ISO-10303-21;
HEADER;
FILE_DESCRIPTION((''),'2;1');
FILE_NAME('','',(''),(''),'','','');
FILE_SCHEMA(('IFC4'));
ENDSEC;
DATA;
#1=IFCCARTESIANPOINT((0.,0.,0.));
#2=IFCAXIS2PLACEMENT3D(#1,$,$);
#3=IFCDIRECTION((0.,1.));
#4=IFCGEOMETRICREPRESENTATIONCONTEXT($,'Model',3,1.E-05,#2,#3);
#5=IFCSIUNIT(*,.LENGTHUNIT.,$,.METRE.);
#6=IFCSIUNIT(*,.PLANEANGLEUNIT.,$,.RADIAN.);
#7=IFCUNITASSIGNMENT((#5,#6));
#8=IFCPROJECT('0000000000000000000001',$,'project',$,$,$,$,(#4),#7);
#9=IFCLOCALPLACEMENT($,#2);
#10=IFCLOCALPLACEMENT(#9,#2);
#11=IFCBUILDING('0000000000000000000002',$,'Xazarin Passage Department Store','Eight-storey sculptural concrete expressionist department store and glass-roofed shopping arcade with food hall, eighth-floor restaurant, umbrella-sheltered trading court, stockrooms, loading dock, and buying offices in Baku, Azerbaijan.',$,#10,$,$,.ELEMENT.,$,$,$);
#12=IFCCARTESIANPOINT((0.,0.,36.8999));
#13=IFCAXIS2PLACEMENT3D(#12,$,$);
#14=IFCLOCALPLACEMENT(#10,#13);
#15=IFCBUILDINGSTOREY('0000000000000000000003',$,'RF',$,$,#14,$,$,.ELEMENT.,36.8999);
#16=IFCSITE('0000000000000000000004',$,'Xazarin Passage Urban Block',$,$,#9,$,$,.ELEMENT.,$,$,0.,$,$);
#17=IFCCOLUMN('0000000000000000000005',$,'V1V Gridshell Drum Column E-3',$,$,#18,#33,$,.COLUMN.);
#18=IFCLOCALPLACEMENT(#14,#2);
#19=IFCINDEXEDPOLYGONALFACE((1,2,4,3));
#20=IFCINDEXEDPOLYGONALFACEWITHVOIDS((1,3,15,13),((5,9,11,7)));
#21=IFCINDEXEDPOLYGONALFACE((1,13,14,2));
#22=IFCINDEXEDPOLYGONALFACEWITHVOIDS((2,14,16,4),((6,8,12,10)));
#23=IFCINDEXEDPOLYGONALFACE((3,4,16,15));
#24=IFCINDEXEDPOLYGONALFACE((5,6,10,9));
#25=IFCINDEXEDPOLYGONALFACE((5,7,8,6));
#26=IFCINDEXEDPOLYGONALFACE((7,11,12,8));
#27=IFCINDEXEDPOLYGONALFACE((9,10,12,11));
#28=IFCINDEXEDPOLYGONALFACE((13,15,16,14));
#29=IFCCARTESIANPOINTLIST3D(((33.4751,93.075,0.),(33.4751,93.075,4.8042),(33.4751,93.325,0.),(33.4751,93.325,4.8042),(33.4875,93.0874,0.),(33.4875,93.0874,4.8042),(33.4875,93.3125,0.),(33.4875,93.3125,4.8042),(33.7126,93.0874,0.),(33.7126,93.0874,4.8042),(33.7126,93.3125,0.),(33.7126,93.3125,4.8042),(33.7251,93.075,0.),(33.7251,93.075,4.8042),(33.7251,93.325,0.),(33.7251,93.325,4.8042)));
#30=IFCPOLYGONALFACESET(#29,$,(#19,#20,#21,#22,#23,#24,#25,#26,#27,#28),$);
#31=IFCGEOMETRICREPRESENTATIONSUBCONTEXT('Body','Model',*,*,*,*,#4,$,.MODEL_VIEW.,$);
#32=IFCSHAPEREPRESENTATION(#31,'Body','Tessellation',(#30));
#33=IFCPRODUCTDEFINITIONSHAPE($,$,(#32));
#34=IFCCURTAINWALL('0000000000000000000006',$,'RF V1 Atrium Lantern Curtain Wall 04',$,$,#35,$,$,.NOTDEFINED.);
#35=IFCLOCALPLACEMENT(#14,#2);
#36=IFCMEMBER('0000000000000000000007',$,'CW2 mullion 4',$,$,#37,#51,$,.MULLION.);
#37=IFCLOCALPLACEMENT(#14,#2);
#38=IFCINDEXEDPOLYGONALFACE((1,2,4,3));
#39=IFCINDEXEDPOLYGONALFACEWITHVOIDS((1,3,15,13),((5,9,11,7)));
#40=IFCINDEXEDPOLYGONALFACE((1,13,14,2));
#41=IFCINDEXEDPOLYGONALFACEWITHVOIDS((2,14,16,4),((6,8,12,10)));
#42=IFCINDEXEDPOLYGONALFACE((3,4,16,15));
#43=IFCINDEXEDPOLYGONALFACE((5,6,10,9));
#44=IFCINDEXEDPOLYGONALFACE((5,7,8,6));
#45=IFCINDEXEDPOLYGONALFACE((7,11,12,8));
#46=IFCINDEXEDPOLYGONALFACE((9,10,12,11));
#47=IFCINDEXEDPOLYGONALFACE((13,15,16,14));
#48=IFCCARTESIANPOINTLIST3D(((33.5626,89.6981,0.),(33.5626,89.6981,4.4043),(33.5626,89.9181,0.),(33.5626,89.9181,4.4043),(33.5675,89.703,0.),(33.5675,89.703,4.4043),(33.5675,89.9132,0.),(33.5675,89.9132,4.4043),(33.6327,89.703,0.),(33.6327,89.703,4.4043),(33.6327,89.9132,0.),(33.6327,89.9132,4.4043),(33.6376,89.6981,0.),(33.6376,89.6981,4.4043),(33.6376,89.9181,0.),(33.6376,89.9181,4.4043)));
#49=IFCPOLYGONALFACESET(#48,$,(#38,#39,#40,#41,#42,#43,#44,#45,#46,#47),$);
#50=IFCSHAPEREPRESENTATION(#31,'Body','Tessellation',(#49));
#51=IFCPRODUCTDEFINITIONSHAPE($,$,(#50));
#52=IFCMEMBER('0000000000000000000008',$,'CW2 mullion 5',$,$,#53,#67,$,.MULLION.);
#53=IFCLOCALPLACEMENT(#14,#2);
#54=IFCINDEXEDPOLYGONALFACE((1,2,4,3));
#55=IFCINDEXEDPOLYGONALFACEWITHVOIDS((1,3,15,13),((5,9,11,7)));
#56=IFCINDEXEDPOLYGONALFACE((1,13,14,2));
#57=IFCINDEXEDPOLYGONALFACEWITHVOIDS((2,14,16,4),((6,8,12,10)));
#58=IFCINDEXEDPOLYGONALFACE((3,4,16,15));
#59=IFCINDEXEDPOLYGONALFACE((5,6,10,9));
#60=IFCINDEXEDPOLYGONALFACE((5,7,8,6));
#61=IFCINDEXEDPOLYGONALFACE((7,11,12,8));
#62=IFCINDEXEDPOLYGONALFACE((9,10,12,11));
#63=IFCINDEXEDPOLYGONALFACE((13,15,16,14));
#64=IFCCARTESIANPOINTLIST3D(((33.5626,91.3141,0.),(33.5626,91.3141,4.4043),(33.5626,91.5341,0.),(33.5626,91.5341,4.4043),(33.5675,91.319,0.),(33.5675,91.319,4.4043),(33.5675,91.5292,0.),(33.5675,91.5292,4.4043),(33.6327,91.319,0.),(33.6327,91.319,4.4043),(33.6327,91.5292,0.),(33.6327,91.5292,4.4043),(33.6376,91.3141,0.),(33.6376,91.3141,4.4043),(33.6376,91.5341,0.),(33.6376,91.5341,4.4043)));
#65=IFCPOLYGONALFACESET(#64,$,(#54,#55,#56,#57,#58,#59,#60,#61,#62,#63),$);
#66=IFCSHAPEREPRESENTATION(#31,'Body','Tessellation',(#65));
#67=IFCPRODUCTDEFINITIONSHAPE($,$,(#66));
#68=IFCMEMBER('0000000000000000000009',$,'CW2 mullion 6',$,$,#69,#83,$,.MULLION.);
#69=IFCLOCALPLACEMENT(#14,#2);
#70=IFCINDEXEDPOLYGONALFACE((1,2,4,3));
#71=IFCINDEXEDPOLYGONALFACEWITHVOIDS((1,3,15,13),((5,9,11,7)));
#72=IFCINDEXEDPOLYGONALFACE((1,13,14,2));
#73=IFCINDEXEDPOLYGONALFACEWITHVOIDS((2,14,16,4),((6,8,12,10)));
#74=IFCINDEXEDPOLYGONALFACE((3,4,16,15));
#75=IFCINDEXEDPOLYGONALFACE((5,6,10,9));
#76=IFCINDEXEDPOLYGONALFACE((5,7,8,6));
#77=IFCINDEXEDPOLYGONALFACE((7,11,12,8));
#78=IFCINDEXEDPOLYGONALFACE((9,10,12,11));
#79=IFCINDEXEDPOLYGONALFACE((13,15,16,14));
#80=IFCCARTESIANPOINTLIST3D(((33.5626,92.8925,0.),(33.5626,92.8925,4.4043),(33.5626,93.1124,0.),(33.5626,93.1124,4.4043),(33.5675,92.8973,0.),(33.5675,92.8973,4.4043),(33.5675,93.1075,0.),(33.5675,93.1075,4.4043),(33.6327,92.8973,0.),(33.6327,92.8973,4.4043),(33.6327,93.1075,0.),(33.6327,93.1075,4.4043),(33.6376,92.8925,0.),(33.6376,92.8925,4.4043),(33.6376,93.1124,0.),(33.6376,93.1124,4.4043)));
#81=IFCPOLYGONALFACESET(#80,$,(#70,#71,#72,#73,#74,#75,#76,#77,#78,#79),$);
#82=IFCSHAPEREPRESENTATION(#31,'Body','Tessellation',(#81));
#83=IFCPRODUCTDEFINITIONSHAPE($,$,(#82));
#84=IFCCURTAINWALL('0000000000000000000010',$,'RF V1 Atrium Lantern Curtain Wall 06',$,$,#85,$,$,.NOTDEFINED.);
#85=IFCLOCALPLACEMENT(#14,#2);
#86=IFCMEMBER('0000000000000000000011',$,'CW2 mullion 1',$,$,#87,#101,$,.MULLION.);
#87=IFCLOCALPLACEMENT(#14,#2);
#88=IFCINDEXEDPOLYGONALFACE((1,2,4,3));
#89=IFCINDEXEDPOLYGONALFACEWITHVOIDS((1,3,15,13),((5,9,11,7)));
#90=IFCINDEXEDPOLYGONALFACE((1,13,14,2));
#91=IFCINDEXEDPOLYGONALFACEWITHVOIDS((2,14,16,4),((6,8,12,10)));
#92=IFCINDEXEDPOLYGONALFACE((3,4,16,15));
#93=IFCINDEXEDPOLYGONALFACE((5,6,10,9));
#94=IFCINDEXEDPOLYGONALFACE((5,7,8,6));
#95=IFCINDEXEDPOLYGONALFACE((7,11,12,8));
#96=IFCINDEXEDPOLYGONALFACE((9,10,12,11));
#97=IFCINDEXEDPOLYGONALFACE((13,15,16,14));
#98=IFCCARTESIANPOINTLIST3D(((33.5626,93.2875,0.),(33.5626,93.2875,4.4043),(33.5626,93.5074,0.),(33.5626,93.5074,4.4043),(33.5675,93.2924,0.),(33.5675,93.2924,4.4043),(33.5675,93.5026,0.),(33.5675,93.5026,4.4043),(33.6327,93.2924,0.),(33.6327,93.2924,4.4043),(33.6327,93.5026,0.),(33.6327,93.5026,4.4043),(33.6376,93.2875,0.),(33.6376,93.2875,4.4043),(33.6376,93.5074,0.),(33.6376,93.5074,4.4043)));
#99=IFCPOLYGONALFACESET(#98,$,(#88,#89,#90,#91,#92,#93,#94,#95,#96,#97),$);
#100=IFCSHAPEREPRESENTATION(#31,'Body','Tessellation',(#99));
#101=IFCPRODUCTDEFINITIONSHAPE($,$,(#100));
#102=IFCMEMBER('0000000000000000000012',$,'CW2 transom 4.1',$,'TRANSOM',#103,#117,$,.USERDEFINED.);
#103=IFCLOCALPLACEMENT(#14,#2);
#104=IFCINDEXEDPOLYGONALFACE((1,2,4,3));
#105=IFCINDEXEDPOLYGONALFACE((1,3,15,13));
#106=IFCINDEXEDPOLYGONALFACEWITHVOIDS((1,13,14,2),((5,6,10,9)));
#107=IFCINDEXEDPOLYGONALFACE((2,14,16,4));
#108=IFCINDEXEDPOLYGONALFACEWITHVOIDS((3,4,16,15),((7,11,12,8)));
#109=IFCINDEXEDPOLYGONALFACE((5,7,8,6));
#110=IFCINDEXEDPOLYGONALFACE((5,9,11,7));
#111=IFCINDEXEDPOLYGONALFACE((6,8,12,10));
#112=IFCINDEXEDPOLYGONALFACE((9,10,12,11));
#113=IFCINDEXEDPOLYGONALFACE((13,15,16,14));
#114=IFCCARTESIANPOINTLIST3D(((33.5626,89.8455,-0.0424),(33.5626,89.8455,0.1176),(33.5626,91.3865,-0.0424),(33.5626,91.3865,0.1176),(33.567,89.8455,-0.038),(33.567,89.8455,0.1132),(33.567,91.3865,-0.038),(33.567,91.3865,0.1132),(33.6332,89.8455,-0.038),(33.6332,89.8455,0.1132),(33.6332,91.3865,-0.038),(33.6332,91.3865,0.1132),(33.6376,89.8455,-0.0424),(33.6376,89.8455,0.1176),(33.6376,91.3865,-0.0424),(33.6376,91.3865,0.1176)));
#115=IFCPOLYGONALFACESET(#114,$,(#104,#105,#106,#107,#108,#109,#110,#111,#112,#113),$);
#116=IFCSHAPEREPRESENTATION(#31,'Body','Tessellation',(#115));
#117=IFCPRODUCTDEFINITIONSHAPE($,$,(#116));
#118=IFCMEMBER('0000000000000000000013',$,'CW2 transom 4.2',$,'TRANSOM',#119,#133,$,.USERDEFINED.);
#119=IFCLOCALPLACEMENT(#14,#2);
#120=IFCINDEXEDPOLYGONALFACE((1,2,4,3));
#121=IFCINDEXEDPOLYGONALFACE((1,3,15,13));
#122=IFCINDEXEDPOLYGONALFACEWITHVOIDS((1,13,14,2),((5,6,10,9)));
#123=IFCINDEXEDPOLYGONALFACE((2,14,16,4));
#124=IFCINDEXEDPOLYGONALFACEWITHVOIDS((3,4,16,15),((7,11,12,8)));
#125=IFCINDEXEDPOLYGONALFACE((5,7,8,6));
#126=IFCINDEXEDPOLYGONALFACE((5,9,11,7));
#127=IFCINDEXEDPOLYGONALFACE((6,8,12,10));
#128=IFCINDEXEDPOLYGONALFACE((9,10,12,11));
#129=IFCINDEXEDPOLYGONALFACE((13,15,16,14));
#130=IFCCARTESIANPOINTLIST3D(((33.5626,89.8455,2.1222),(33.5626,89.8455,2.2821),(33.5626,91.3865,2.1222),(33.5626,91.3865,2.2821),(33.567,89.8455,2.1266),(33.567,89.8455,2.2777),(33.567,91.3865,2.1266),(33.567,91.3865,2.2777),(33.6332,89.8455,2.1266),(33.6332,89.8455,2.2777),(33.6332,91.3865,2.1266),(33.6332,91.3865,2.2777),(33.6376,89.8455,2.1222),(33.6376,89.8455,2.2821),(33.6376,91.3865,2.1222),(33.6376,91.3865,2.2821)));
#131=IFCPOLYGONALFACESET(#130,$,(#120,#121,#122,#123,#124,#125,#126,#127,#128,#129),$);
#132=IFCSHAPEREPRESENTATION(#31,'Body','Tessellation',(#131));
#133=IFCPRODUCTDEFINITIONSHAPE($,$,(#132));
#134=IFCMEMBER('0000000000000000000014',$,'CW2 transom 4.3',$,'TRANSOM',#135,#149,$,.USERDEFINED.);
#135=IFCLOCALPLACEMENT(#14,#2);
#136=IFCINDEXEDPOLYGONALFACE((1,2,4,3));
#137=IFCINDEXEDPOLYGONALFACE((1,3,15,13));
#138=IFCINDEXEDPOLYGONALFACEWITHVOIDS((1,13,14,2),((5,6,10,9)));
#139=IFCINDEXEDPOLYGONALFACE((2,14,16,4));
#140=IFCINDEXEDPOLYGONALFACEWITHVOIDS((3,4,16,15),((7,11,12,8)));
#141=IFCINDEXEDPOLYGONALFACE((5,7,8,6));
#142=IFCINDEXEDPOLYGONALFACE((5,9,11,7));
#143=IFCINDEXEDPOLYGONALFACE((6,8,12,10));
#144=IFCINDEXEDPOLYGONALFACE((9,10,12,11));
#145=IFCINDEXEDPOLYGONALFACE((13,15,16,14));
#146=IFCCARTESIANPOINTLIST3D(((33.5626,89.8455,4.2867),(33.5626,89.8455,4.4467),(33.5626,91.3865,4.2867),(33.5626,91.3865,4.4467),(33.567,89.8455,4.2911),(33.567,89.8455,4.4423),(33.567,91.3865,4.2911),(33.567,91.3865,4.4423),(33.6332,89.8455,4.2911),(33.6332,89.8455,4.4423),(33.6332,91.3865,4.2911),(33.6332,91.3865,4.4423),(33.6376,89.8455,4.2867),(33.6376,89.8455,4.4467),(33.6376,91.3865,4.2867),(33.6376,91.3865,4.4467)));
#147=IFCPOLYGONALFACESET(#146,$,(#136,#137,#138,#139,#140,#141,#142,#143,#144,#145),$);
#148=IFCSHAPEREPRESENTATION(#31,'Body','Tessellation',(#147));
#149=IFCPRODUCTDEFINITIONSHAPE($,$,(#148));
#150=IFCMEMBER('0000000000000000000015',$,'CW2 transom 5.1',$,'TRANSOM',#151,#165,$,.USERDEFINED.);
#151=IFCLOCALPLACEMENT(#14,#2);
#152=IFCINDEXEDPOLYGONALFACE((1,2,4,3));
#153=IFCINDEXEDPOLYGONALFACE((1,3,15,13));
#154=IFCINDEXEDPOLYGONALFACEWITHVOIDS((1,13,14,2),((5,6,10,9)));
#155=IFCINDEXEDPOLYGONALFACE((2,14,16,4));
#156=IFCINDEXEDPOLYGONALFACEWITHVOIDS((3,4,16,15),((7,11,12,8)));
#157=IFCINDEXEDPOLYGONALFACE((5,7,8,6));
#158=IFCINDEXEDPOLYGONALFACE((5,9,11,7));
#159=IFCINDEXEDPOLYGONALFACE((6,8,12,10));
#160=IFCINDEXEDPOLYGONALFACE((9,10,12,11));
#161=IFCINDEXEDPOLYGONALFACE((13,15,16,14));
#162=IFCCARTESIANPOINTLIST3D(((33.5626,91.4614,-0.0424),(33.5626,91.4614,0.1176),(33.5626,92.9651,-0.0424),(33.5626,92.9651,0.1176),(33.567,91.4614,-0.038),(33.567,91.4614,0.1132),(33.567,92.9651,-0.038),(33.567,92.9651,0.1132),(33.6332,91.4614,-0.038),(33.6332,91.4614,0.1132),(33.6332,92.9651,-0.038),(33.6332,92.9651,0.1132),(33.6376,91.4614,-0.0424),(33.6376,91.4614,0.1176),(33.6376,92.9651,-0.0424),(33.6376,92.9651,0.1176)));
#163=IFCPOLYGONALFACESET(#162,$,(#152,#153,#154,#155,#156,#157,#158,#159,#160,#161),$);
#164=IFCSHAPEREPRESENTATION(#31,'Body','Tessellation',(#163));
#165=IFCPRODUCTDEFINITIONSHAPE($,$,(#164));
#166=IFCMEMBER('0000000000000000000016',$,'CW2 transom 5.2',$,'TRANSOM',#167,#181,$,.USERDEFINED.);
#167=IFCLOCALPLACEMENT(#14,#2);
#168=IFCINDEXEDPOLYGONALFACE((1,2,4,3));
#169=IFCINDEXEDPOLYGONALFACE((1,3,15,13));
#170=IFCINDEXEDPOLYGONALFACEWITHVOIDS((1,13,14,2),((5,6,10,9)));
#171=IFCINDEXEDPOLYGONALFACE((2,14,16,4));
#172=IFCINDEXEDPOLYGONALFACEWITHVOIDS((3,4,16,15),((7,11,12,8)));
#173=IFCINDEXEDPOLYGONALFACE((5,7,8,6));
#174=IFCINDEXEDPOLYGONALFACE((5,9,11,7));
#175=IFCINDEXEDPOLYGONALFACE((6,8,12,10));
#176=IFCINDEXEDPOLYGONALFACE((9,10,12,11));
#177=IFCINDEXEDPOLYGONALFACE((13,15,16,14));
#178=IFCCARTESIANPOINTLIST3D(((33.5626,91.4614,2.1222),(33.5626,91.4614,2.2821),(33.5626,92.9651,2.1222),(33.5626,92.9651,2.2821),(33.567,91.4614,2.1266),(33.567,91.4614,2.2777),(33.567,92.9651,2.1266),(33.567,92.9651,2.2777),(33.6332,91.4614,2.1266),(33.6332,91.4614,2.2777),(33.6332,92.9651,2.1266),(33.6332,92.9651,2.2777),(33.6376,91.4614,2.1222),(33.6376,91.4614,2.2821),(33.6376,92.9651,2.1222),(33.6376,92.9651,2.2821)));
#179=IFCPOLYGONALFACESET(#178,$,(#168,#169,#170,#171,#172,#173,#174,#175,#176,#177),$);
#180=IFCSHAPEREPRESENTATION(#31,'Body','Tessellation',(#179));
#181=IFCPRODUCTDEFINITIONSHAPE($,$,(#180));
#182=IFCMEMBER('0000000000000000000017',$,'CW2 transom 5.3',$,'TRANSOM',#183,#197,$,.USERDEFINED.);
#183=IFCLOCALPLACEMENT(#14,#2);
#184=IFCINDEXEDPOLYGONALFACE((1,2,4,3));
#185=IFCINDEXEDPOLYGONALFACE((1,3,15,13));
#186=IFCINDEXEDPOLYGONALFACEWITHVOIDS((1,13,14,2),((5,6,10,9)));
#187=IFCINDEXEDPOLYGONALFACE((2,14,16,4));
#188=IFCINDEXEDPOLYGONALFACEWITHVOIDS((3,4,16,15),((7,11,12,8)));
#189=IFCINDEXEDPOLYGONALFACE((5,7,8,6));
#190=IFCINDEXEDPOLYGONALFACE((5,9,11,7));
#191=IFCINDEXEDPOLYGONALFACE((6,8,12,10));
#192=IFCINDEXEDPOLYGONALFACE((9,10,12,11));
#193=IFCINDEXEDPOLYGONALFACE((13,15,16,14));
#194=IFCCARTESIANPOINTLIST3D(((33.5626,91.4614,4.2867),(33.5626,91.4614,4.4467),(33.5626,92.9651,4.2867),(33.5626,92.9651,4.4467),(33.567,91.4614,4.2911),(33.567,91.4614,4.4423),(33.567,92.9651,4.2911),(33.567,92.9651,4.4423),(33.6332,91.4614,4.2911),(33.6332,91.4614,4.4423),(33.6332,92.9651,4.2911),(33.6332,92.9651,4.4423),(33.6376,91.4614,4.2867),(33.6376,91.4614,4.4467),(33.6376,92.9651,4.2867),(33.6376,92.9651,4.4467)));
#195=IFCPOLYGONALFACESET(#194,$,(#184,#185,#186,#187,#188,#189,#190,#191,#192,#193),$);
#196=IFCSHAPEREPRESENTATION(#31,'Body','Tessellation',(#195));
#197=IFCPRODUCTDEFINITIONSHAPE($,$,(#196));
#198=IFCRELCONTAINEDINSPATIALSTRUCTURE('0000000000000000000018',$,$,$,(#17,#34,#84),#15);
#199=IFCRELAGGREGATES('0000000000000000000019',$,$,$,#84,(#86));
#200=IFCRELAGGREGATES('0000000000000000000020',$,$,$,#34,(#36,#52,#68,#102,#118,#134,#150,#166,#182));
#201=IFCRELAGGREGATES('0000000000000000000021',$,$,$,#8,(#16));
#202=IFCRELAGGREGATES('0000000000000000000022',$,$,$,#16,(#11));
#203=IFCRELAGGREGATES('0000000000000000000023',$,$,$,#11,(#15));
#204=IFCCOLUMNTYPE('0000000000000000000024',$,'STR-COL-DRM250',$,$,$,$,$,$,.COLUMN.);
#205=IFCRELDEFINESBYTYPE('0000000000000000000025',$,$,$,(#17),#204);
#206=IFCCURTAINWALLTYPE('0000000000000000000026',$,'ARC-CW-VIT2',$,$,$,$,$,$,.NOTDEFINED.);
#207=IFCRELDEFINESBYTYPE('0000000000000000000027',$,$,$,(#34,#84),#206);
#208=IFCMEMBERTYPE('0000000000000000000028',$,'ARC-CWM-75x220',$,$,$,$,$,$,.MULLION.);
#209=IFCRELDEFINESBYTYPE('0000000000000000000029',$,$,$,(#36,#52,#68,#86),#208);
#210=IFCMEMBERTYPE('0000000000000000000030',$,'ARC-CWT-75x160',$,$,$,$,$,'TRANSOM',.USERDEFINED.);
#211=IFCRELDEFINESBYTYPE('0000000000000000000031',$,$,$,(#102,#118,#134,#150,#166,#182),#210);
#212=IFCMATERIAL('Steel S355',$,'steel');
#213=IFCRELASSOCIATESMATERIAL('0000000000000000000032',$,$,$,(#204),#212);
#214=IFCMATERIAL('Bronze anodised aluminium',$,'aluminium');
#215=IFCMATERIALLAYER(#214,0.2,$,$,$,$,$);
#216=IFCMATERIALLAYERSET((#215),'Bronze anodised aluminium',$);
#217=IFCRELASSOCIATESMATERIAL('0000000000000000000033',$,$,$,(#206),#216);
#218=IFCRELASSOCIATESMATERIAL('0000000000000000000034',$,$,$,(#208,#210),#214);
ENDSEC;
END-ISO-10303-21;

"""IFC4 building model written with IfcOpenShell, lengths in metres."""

from ifc_helpers import new_model, si_unit, direction, frame, origin, origin_2d, place, context, subcontext, project, spatial, hollow_rectangle, extrude, material, layer, layer_set, material_profile, profile_set, type_object, element, aggregate, save


model = new_model("IFC4")

# Units and contexts
model_context = context("Model", 3, precision=1e-05, world=origin(), true_north=direction((0.0, 1.0)))
body_context = subcontext(model_context, "Body", "Model", "MODEL_VIEW")
ifc_project = project(units=[si_unit("LENGTHUNIT", "METRE"), si_unit("PLANEANGLEUNIT", "RADIAN")], contexts=[model_context])

# Site, building, storey
site_placement = place(None, origin())
site = spatial("IfcSite", under=ifc_project, at=site_placement, Name="Xazarin Passage Urban Block", CompositionType="ELEMENT", RefElevation=0.0)
building_placement = place(site_placement, origin())
building = spatial("IfcBuilding", under=site, at=building_placement, Name="Xazarin Passage Department Store", Description="Eight-storey sculptural concrete expressionist department store and glass-roofed shopping arcade with food hall, eighth-floor restaurant, umbrella-sheltered trading court, stockrooms, loading dock, and buying offices in Baku, Azerbaijan.", CompositionType="ELEMENT")
storey_placement = place(building_placement, frame((0.0, 0.0, 36.8999)))
storey = spatial("IfcBuildingStorey", under=building, at=storey_placement, Name="RF", CompositionType="ELEMENT", Elevation=36.8999)

# Column
ifc_material_1 = material(Name="Steel S355", Category="steel")
ifc_material_profile_1 = material_profile(ifc_material_1, hollow_rectangle(XDim=0.25, YDim=0.25, WallThickness=0.0125, at=origin_2d()), Name="SHS 250x250x12.5")
ifc_profile_set_1 = profile_set([ifc_material_profile_1], Name="Steel S355")
column_type = type_object("IfcColumnType", Name="STR-COL-DRM250", PredefinedType="COLUMN", material=ifc_profile_set_1)
column_placement = place(storey_placement, frame((33.6001, 93.2, 0.0), z_axis=(0.0, 0.0, 1.0), x_axis=(1.0, 0.0, 0.0)))
element("IfcColumn", 1, at=column_placement, inside=storey, type_object=column_type, Name="V1V Gridshell Drum Column E-3", PredefinedType="COLUMN", context=body_context, shape_type="SweptSolid", body=[
    extrude(hollow_rectangle(XDim=0.25, YDim=0.25, WallThickness=0.0125, at=origin_2d()), origin(), (0.0, 0.0, 1.0), 4.8042),
])

# Curtain wall, members
ifc_material_2 = material(Name="Bronze anodised aluminium", Category="aluminium")
ifc_layer_1 = layer(ifc_material_2, 0.2)
ifc_layer_set_1 = layer_set([ifc_layer_1], Name="Bronze anodised aluminium")
curtain_wall_type = type_object("IfcCurtainWallType", Name="ARC-CW-VIT2", PredefinedType="NOTDEFINED", material=ifc_layer_set_1)
curtain_wall_1_placement = place(storey_placement, origin())
curtain_wall_1 = element("IfcCurtainWall", 2, at=curtain_wall_1_placement, inside=storey, type_object=curtain_wall_type, Name="RF V1 Atrium Lantern Curtain Wall 04", PredefinedType="NOTDEFINED")
ifc_material_profile_2 = material_profile(ifc_material_2, hollow_rectangle(XDim=0.075, YDim=0.22, WallThickness=0.0049, at=origin_2d()), Name="ALU 75x220")
ifc_profile_set_2 = profile_set([ifc_material_profile_2], Name="Bronze anodised aluminium")
member_type_1 = type_object("IfcMemberType", Name="ARC-CWM-75x220", PredefinedType="MULLION", material=ifc_profile_set_2)
member_1_placement = place(storey_placement, frame((33.6001, 89.8081, 0.0), z_axis=(0.0, 0.0, 1.0), x_axis=(-1.0, 0.0, 0.0)))
member_1 = element("IfcMember", 3, at=member_1_placement, type_object=member_type_1, Name="CW2 mullion 4", PredefinedType="MULLION", context=body_context, shape_type="SweptSolid", body=[
    extrude(hollow_rectangle(XDim=0.075, YDim=0.22, WallThickness=0.0049, at=origin_2d()), origin(), (0.0, 0.0, 1.0), 4.4043),
])
member_2_placement = place(storey_placement, frame((33.6001, 91.4241, 0.0), z_axis=(0.0, 0.0, 1.0), x_axis=(-1.0, 0.0, 0.0)))
member_2 = element("IfcMember", 4, at=member_2_placement, type_object=member_type_1, Name="CW2 mullion 5", PredefinedType="MULLION", context=body_context, shape_type="SweptSolid", body=[
    extrude(hollow_rectangle(XDim=0.075, YDim=0.22, WallThickness=0.0049, at=origin_2d()), origin(), (0.0, 0.0, 1.0), 4.4043),
])
member_3_placement = place(storey_placement, frame((33.6001, 93.0024, 0.0), z_axis=(0.0, 0.0, 1.0), x_axis=(-1.0, 0.0, 0.0)))
member_3 = element("IfcMember", 5, at=member_3_placement, type_object=member_type_1, Name="CW2 mullion 6", PredefinedType="MULLION", context=body_context, shape_type="SweptSolid", body=[
    extrude(hollow_rectangle(XDim=0.075, YDim=0.22, WallThickness=0.0049, at=origin_2d()), origin(), (0.0, 0.0, 1.0), 4.4043),
])

# Curtain wall, member
curtain_wall_2_placement = place(storey_placement, origin())
curtain_wall_2 = element("IfcCurtainWall", 6, at=curtain_wall_2_placement, inside=storey, type_object=curtain_wall_type, Name="RF V1 Atrium Lantern Curtain Wall 06", PredefinedType="NOTDEFINED")
member_4_placement = place(storey_placement, frame((33.6001, 93.3975, 0.0), z_axis=(0.0, 0.0, 1.0), x_axis=(-1.0, 0.0, 0.0)))
member_4 = element("IfcMember", 7, at=member_4_placement, type_object=member_type_1, Name="CW2 mullion 1", PredefinedType="MULLION", context=body_context, shape_type="SweptSolid", body=[
    extrude(hollow_rectangle(XDim=0.075, YDim=0.22, WallThickness=0.0049, at=origin_2d()), origin(), (0.0, 0.0, 1.0), 4.4043),
])

# Members
ifc_material_profile_3 = material_profile(ifc_material_2, hollow_rectangle(XDim=0.075, YDim=0.1599, WallThickness=0.0044, at=origin_2d()), Name="ALU 75x160")
ifc_profile_set_3 = profile_set([ifc_material_profile_3], Name="Bronze anodised aluminium")
member_type_2 = type_object("IfcMemberType", Name="ARC-CWT-75x160", ElementType="TRANSOM", PredefinedType="USERDEFINED", material=ifc_profile_set_3)
member_5_placement = place(storey_placement, frame((33.6001, 89.8455, 0.0376), z_axis=(0.0, 1.0, 0.0), x_axis=(-1.0, 0.0, 0.0)))
member_5 = element("IfcMember", 8, at=member_5_placement, type_object=member_type_2, Name="CW2 transom 4.1", ObjectType="TRANSOM", PredefinedType="USERDEFINED", context=body_context, shape_type="SweptSolid", body=[
    extrude(hollow_rectangle(XDim=0.075, YDim=0.1599, WallThickness=0.0044, at=origin_2d()), origin(), (0.0, 0.0, 1.0), 1.541),
])
member_6_placement = place(storey_placement, frame((33.6001, 89.8455, 2.2021), z_axis=(0.0, 1.0, 0.0), x_axis=(-1.0, 0.0, 0.0)))
member_6 = element("IfcMember", 9, at=member_6_placement, type_object=member_type_2, Name="CW2 transom 4.2", ObjectType="TRANSOM", PredefinedType="USERDEFINED", context=body_context, shape_type="SweptSolid", body=[
    extrude(hollow_rectangle(XDim=0.075, YDim=0.1599, WallThickness=0.0044, at=origin_2d()), origin(), (0.0, 0.0, 1.0), 1.541),
])
member_7_placement = place(storey_placement, frame((33.6001, 89.8455, 4.3667), z_axis=(0.0, 1.0, 0.0), x_axis=(-1.0, 0.0, 0.0)))
member_7 = element("IfcMember", 10, at=member_7_placement, type_object=member_type_2, Name="CW2 transom 4.3", ObjectType="TRANSOM", PredefinedType="USERDEFINED", context=body_context, shape_type="SweptSolid", body=[
    extrude(hollow_rectangle(XDim=0.075, YDim=0.1599, WallThickness=0.0044, at=origin_2d()), origin(), (0.0, 0.0, 1.0), 1.541),
])
member_8_placement = place(storey_placement, frame((33.6001, 91.4614, 0.0376), z_axis=(0.0, 1.0, 0.0), x_axis=(-1.0, 0.0, 0.0)))
member_8 = element("IfcMember", 11, at=member_8_placement, type_object=member_type_2, Name="CW2 transom 5.1", ObjectType="TRANSOM", PredefinedType="USERDEFINED", context=body_context, shape_type="SweptSolid", body=[
    extrude(hollow_rectangle(XDim=0.075, YDim=0.1599, WallThickness=0.0044, at=origin_2d()), origin(), (0.0, 0.0, 1.0), 1.5037),
])
member_9_placement = place(storey_placement, frame((33.6001, 91.4614, 2.2021), z_axis=(0.0, 1.0, 0.0), x_axis=(-1.0, 0.0, 0.0)))
member_9 = element("IfcMember", 12, at=member_9_placement, type_object=member_type_2, Name="CW2 transom 5.2", ObjectType="TRANSOM", PredefinedType="USERDEFINED", context=body_context, shape_type="SweptSolid", body=[
    extrude(hollow_rectangle(XDim=0.075, YDim=0.1599, WallThickness=0.0044, at=origin_2d()), origin(), (0.0, 0.0, 1.0), 1.5037),
])
member_10_placement = place(storey_placement, frame((33.6001, 91.4614, 4.3667), z_axis=(0.0, 1.0, 0.0), x_axis=(-1.0, 0.0, 0.0)))
member_10 = element("IfcMember", 13, at=member_10_placement, type_object=member_type_2, Name="CW2 transom 5.3", ObjectType="TRANSOM", PredefinedType="USERDEFINED", context=body_context, shape_type="SweptSolid", body=[
    extrude(hollow_rectangle(XDim=0.075, YDim=0.1599, WallThickness=0.0044, at=origin_2d()), origin(), (0.0, 0.0, 1.0), 1.5037),
])
aggregate(curtain_wall_2, [member_4])

aggregate(curtain_wall_1, [member_1, member_2, member_3, member_5, member_6, member_7, member_8, member_9, member_10])

save(model, "model.ifc")
